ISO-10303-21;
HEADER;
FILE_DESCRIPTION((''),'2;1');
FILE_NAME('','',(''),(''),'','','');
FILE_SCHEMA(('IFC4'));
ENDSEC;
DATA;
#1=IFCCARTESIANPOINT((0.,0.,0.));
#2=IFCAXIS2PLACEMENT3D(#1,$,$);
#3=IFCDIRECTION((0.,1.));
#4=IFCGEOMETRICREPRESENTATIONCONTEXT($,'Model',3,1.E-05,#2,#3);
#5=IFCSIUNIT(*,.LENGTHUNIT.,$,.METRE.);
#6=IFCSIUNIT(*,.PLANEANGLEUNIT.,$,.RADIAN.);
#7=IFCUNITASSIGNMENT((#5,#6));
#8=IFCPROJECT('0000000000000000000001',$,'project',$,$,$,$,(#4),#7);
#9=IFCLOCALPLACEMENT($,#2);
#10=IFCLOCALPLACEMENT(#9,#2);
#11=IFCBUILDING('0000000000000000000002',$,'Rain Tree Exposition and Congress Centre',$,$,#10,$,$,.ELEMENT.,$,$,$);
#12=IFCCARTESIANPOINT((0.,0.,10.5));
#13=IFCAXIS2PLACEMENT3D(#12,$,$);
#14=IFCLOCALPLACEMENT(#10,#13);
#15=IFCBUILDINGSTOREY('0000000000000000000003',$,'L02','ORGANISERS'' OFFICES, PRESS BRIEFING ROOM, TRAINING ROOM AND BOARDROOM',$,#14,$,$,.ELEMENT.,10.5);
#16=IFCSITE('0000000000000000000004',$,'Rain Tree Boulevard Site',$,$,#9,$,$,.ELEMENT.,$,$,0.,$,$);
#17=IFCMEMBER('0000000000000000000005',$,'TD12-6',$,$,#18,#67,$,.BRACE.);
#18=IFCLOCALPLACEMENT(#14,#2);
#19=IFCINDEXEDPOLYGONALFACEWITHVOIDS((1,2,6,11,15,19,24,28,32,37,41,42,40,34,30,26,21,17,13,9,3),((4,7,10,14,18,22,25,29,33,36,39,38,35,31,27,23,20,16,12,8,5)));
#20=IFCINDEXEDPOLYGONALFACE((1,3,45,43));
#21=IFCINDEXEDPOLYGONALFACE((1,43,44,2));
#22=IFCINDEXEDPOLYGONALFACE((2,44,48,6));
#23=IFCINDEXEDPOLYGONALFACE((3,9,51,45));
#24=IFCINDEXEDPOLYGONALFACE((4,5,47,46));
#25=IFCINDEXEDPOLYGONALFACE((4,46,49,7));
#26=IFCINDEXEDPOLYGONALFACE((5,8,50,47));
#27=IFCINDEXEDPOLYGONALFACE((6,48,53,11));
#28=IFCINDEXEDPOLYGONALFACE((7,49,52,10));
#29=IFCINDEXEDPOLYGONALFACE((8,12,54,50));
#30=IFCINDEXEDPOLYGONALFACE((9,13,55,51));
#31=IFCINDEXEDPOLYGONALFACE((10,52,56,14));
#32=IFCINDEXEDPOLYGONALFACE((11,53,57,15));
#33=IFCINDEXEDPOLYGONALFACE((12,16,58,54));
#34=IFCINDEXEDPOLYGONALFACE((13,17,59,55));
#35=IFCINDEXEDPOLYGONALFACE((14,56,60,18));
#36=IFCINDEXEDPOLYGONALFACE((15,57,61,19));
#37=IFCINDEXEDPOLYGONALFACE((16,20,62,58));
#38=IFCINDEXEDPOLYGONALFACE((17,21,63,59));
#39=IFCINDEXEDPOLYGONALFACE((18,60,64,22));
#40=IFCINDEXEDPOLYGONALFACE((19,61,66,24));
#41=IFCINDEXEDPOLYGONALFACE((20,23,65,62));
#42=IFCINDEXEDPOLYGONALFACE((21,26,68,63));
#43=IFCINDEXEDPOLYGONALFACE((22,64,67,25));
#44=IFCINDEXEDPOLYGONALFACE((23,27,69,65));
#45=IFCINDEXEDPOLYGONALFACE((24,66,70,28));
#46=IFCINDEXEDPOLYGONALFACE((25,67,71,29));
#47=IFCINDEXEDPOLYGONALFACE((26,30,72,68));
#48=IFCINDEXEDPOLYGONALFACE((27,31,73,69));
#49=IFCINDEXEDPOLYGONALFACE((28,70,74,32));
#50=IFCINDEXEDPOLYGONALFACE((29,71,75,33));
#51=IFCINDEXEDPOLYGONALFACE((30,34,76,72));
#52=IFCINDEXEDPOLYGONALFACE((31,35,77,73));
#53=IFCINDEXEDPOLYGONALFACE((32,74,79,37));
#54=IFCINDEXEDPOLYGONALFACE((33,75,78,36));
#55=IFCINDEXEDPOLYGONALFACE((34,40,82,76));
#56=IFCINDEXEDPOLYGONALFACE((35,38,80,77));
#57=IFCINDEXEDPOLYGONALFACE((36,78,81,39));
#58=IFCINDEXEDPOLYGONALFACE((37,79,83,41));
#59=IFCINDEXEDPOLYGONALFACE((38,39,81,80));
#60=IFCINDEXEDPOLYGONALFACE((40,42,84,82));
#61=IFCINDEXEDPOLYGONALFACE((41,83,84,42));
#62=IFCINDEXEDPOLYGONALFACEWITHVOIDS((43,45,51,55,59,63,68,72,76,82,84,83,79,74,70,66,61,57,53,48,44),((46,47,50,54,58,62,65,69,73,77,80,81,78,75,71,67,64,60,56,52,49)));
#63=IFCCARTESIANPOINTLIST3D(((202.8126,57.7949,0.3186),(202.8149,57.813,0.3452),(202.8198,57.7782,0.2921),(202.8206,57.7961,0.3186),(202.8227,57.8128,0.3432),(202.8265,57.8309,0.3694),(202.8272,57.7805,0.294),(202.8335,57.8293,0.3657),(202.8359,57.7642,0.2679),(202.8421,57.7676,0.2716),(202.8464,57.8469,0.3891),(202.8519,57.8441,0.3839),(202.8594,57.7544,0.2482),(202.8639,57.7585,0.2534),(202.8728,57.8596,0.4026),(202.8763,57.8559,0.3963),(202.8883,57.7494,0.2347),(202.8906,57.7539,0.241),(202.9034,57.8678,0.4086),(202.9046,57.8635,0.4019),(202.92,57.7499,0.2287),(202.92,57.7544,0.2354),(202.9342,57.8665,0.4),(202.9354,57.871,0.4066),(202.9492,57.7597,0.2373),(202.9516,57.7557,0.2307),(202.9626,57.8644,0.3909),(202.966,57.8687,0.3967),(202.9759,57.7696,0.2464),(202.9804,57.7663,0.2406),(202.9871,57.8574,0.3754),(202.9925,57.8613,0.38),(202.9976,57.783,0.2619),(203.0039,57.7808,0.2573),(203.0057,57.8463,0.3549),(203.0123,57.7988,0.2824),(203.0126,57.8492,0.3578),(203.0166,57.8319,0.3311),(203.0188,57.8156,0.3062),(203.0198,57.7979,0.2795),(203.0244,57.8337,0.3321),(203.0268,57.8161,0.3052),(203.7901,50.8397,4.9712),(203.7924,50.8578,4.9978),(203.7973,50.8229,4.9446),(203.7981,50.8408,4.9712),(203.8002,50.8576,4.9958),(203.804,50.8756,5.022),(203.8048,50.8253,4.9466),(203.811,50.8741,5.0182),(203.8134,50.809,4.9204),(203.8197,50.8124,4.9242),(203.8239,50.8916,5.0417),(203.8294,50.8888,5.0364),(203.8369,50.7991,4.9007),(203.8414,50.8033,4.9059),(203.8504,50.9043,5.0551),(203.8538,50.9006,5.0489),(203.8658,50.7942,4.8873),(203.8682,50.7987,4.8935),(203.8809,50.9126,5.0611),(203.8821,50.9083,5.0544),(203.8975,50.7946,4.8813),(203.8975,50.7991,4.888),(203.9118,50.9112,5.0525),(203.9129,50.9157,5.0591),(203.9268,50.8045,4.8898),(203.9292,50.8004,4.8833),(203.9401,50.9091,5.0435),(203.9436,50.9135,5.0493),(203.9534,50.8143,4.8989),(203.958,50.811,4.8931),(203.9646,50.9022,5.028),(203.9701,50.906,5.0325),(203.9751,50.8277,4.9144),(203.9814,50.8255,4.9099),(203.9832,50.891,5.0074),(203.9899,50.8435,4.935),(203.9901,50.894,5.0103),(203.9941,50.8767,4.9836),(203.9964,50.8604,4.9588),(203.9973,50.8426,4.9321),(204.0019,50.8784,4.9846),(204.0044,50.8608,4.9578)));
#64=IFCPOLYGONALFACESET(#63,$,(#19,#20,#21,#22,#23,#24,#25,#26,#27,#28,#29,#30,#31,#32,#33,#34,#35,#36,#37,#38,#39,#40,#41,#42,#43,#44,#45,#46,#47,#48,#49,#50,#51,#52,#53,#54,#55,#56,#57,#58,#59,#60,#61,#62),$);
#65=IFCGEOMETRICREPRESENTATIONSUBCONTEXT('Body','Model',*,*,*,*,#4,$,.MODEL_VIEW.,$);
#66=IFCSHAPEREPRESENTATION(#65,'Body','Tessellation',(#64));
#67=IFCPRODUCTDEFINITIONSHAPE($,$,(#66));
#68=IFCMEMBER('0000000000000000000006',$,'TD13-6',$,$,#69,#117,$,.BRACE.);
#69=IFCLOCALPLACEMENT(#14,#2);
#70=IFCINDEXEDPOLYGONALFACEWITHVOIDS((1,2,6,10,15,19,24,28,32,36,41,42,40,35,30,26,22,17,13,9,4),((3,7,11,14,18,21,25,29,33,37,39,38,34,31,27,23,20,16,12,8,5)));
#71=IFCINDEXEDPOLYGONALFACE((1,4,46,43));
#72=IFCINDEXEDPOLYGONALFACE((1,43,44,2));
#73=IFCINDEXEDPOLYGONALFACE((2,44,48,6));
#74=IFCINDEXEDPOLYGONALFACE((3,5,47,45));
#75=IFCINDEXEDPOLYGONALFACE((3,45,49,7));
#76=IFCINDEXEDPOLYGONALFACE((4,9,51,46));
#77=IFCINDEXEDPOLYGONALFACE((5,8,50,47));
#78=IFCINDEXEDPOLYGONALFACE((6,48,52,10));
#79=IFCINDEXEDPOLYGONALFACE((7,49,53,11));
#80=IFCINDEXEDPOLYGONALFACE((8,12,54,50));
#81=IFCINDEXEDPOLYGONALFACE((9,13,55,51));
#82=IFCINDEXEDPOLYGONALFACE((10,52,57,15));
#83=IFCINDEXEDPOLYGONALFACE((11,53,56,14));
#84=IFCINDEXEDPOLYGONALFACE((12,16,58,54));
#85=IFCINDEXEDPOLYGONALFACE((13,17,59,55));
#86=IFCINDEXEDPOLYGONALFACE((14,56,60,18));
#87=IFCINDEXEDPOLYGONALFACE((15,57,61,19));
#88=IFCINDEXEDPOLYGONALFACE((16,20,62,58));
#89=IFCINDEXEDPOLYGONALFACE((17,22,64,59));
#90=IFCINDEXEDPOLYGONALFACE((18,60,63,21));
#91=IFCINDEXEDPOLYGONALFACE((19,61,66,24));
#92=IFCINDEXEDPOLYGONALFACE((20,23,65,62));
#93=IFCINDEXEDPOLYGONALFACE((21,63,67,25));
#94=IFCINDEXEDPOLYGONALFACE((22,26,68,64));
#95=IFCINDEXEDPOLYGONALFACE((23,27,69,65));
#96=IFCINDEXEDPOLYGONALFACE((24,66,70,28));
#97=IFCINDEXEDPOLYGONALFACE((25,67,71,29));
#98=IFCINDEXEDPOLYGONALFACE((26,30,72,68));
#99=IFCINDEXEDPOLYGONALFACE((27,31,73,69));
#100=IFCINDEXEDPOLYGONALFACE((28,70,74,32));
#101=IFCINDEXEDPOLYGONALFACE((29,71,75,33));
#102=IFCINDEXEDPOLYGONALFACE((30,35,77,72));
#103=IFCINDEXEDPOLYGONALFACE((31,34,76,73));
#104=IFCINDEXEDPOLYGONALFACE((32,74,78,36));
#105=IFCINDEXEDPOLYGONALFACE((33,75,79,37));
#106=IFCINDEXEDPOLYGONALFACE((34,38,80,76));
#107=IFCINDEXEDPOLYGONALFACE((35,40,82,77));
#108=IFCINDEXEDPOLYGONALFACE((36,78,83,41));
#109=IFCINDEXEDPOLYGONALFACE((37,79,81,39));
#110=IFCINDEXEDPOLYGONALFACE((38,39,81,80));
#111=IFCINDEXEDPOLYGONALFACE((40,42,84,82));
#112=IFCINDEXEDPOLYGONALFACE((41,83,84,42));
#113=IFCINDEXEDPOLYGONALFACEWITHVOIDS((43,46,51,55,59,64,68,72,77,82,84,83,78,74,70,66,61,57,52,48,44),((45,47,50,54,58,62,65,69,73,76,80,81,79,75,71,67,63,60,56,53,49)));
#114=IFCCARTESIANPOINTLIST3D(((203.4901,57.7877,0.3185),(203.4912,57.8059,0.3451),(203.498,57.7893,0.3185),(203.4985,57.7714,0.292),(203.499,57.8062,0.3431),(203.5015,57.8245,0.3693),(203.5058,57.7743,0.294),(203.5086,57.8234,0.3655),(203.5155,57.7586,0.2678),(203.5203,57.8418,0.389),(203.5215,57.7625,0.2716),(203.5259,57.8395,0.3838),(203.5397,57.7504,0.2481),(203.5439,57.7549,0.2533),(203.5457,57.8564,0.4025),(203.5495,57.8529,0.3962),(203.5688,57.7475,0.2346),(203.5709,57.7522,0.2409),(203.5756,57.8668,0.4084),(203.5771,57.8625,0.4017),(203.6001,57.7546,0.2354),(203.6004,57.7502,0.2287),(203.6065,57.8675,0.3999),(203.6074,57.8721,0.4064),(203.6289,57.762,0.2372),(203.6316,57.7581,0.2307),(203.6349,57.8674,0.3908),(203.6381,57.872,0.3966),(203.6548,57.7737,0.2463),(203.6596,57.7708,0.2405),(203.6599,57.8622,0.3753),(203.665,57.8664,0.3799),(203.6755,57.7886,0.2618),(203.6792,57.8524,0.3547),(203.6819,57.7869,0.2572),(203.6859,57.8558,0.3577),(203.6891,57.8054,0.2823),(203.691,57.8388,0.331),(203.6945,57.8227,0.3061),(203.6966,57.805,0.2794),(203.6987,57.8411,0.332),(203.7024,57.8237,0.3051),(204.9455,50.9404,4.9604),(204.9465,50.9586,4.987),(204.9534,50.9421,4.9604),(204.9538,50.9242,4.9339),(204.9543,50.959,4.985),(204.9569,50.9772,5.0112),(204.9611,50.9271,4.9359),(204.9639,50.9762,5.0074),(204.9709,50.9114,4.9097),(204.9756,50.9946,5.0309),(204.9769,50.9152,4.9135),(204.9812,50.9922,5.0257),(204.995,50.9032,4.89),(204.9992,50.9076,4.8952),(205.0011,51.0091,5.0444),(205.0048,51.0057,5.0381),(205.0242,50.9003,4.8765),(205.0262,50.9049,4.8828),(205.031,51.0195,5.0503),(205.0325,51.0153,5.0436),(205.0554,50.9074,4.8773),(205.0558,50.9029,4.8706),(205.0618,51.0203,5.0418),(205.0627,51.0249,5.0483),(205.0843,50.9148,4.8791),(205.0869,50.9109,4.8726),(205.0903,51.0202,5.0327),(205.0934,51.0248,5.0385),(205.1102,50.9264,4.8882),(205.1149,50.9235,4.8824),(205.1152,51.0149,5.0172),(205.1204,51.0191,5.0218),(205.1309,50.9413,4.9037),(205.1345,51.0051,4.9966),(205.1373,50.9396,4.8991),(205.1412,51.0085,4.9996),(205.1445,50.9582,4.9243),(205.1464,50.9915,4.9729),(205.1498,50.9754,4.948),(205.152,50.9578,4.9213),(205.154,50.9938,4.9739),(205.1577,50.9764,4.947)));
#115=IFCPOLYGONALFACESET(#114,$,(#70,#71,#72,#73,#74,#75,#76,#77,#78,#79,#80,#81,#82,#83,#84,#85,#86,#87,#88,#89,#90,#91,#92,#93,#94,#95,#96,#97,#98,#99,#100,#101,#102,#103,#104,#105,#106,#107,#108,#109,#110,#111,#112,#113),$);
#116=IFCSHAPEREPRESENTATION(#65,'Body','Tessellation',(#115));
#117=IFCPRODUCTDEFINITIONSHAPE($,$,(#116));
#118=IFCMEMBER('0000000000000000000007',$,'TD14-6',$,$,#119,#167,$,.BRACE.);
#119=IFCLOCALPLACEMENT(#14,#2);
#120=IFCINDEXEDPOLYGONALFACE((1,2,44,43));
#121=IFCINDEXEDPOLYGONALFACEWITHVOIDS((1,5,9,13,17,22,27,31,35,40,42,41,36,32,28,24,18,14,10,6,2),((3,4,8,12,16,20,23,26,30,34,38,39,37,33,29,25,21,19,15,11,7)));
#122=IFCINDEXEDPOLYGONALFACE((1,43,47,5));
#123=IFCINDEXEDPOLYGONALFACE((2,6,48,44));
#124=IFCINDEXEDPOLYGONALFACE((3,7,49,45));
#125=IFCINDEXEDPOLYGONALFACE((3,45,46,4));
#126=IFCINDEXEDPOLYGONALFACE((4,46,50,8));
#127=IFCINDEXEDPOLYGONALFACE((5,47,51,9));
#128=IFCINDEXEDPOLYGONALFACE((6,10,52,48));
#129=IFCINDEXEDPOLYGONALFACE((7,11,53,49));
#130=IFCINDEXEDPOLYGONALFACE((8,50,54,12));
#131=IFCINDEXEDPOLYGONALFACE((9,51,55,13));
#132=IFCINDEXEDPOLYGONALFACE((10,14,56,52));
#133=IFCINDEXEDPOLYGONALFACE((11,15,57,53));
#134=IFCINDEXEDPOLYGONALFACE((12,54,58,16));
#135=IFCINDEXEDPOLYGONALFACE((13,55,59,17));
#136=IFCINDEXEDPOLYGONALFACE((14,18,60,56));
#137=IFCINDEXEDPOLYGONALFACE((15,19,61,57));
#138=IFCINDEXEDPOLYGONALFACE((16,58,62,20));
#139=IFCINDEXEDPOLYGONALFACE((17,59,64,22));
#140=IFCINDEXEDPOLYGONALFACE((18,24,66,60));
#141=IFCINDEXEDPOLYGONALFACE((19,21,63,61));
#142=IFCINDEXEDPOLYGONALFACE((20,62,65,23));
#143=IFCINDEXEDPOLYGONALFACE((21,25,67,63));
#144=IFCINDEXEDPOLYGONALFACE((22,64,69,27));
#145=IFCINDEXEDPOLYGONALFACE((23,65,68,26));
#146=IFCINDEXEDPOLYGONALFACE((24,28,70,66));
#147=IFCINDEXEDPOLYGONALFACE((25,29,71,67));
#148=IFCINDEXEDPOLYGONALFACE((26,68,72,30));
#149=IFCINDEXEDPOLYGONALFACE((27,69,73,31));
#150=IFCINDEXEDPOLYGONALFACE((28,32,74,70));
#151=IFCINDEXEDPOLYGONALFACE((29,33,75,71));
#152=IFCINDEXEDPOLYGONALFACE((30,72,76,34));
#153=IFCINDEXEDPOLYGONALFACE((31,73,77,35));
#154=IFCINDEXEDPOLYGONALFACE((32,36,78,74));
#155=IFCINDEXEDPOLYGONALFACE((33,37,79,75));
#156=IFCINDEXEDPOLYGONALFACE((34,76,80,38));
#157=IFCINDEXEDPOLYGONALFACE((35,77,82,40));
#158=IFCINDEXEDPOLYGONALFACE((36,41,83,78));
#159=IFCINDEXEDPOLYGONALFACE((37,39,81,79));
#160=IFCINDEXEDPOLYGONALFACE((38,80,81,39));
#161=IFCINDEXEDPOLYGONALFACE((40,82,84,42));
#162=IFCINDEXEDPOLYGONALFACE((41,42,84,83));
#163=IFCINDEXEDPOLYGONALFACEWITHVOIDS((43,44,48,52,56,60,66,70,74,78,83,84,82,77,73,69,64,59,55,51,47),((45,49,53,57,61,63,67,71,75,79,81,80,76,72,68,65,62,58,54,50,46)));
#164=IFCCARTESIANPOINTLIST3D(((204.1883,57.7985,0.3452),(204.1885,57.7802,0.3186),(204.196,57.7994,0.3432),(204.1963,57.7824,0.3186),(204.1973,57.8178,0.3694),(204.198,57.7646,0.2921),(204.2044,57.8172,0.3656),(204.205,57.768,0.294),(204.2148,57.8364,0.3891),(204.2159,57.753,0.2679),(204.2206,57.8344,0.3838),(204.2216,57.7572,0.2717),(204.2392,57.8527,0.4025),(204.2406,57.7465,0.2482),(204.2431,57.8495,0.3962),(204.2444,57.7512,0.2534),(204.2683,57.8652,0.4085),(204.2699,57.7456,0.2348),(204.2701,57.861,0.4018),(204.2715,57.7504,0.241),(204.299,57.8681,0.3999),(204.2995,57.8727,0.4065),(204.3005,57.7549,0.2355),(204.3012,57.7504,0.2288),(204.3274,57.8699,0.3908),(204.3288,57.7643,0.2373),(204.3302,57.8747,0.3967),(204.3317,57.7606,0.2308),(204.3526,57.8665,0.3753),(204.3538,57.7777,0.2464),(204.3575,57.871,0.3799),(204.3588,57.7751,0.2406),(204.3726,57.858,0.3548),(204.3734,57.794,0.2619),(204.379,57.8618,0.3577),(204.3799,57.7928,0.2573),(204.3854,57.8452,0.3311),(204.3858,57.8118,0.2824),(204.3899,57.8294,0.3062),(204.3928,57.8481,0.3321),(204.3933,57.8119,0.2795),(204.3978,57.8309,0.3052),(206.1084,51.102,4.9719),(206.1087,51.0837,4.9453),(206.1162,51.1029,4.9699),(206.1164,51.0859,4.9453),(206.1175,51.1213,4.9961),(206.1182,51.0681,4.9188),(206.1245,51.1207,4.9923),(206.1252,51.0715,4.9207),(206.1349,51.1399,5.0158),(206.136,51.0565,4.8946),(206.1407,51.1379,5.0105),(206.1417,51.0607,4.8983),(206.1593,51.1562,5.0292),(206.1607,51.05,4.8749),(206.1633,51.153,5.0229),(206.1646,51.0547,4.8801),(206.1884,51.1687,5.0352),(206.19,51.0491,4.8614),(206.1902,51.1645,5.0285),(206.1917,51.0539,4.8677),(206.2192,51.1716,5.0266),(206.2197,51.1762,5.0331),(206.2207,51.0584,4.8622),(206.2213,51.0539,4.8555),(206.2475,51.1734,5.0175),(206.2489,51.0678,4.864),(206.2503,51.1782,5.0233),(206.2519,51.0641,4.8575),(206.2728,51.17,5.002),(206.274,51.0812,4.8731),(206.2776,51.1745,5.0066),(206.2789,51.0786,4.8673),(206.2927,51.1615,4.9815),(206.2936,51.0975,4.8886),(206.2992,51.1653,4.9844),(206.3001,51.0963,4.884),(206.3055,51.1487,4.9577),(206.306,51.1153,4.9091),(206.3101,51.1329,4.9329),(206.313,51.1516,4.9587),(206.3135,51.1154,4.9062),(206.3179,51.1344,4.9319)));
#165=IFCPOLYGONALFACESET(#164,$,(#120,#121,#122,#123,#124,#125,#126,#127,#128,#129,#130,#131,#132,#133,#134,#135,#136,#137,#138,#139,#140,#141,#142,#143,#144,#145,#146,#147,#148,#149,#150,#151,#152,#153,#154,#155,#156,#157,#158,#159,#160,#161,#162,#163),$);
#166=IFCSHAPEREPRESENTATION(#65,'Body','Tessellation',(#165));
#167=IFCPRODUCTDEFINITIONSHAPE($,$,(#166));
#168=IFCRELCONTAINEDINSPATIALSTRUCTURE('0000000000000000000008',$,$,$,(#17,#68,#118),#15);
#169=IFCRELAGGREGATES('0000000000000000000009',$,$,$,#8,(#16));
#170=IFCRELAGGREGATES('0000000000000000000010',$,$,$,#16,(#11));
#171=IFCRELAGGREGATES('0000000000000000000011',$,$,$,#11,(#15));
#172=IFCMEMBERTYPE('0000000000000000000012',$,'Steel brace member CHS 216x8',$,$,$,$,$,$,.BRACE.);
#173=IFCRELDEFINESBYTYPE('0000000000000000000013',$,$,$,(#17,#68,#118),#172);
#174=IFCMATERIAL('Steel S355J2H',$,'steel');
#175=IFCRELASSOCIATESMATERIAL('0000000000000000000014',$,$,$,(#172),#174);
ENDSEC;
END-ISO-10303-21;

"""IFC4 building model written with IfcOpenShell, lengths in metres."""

from ifc_helpers import new_model, si_unit, direction, frame, origin, origin_2d, place, context, subcontext, project, spatial, hollow_circle, extrude, material, material_profile, profile_set, type_object, element, save


model = new_model("IFC4")

# Units and contexts
model_context = context("Model", 3, precision=1e-05, world=origin(), true_north=direction((0.0, 1.0)))
body_context = subcontext(model_context, "Body", "Model", "MODEL_VIEW")
ifc_project = project(units=[si_unit("LENGTHUNIT", "METRE"), si_unit("PLANEANGLEUNIT", "RADIAN")], contexts=[model_context])

# Site, building, storey
site_placement = place(None, origin())
site = spatial("IfcSite", under=ifc_project, at=site_placement, Name="Rain Tree Boulevard Site", CompositionType="ELEMENT", RefElevation=0.0)
building_placement = place(site_placement, origin())
building = spatial("IfcBuilding", under=site, at=building_placement, Name="Rain Tree Exposition and Congress Centre", CompositionType="ELEMENT")
storey_placement = place(building_placement, frame((0.0, 0.0, 10.5)))
storey = spatial("IfcBuildingStorey", under=building, at=storey_placement, Name="L02", Description="ORGANISERS' OFFICES, PRESS BRIEFING ROOM, TRAINING ROOM AND BOARDROOM", CompositionType="ELEMENT", Elevation=10.5)

# Members
ifc_material_1 = material(Name="Steel S355J2H", Category="steel")
ifc_material_profile_1 = material_profile(ifc_material_1, hollow_circle(Radius=0.1082, WallThickness=0.0081, at=origin_2d()), Name="CHS 216x8")
ifc_profile_set_1 = profile_set([ifc_material_profile_1], Name="Steel S355J2H")
member_type_1 = type_object("IfcMemberType", Name="Steel brace member CHS 216x8", PredefinedType="BRACE", material=ifc_profile_set_1)
member_1_placement = place(storey_placement, frame((203.8972, 50.8547, 4.9712), z_axis=(-0.11603, 0.825569, -0.552244), x_axis=(-0.990267, -0.139178, 0.0)))
element("IfcMember", 1, at=member_1_placement, inside=storey, type_object=member_type_1, Name="TD12-6", PredefinedType="BRACE", context=body_context, shape_type="SweptSolid", body=[
    extrude(hollow_circle(Radius=0.1082, WallThickness=0.0081, at=origin_2d()), origin(), (0.0, 0.0, 1.0), 8.4248),
])
member_2_placement = place(storey_placement, frame((205.0513, 50.9629, 4.9604), z_axis=(-0.173267, 0.815206, -0.552646), x_axis=(-0.97815, -0.2079, 0.0)))
element("IfcMember", 2, at=member_2_placement, inside=storey, type_object=member_type_1, Name="TD13-6", PredefinedType="BRACE", context=body_context, shape_type="SweptSolid", body=[
    extrude(hollow_circle(Radius=0.1082, WallThickness=0.0081, at=origin_2d()), origin(), (0.0, 0.0, 1.0), 8.3994),
])
member_3_placement = place(storey_placement, frame((206.2126, 51.1135, 4.9453), z_axis=(-0.229607, 0.800749, -0.553246), x_axis=(-0.961263, -0.275633, 0.0)))
element("IfcMember", 3, at=member_3_placement, inside=storey, type_object=member_type_1, Name="TD14-6", PredefinedType="BRACE", context=body_context, shape_type="SweptSolid", body=[
    extrude(hollow_circle(Radius=0.1082, WallThickness=0.0081, at=origin_2d()), origin(), (0.0, 0.0, 1.0), 8.3628),
])

save(model, "model.ifc")
